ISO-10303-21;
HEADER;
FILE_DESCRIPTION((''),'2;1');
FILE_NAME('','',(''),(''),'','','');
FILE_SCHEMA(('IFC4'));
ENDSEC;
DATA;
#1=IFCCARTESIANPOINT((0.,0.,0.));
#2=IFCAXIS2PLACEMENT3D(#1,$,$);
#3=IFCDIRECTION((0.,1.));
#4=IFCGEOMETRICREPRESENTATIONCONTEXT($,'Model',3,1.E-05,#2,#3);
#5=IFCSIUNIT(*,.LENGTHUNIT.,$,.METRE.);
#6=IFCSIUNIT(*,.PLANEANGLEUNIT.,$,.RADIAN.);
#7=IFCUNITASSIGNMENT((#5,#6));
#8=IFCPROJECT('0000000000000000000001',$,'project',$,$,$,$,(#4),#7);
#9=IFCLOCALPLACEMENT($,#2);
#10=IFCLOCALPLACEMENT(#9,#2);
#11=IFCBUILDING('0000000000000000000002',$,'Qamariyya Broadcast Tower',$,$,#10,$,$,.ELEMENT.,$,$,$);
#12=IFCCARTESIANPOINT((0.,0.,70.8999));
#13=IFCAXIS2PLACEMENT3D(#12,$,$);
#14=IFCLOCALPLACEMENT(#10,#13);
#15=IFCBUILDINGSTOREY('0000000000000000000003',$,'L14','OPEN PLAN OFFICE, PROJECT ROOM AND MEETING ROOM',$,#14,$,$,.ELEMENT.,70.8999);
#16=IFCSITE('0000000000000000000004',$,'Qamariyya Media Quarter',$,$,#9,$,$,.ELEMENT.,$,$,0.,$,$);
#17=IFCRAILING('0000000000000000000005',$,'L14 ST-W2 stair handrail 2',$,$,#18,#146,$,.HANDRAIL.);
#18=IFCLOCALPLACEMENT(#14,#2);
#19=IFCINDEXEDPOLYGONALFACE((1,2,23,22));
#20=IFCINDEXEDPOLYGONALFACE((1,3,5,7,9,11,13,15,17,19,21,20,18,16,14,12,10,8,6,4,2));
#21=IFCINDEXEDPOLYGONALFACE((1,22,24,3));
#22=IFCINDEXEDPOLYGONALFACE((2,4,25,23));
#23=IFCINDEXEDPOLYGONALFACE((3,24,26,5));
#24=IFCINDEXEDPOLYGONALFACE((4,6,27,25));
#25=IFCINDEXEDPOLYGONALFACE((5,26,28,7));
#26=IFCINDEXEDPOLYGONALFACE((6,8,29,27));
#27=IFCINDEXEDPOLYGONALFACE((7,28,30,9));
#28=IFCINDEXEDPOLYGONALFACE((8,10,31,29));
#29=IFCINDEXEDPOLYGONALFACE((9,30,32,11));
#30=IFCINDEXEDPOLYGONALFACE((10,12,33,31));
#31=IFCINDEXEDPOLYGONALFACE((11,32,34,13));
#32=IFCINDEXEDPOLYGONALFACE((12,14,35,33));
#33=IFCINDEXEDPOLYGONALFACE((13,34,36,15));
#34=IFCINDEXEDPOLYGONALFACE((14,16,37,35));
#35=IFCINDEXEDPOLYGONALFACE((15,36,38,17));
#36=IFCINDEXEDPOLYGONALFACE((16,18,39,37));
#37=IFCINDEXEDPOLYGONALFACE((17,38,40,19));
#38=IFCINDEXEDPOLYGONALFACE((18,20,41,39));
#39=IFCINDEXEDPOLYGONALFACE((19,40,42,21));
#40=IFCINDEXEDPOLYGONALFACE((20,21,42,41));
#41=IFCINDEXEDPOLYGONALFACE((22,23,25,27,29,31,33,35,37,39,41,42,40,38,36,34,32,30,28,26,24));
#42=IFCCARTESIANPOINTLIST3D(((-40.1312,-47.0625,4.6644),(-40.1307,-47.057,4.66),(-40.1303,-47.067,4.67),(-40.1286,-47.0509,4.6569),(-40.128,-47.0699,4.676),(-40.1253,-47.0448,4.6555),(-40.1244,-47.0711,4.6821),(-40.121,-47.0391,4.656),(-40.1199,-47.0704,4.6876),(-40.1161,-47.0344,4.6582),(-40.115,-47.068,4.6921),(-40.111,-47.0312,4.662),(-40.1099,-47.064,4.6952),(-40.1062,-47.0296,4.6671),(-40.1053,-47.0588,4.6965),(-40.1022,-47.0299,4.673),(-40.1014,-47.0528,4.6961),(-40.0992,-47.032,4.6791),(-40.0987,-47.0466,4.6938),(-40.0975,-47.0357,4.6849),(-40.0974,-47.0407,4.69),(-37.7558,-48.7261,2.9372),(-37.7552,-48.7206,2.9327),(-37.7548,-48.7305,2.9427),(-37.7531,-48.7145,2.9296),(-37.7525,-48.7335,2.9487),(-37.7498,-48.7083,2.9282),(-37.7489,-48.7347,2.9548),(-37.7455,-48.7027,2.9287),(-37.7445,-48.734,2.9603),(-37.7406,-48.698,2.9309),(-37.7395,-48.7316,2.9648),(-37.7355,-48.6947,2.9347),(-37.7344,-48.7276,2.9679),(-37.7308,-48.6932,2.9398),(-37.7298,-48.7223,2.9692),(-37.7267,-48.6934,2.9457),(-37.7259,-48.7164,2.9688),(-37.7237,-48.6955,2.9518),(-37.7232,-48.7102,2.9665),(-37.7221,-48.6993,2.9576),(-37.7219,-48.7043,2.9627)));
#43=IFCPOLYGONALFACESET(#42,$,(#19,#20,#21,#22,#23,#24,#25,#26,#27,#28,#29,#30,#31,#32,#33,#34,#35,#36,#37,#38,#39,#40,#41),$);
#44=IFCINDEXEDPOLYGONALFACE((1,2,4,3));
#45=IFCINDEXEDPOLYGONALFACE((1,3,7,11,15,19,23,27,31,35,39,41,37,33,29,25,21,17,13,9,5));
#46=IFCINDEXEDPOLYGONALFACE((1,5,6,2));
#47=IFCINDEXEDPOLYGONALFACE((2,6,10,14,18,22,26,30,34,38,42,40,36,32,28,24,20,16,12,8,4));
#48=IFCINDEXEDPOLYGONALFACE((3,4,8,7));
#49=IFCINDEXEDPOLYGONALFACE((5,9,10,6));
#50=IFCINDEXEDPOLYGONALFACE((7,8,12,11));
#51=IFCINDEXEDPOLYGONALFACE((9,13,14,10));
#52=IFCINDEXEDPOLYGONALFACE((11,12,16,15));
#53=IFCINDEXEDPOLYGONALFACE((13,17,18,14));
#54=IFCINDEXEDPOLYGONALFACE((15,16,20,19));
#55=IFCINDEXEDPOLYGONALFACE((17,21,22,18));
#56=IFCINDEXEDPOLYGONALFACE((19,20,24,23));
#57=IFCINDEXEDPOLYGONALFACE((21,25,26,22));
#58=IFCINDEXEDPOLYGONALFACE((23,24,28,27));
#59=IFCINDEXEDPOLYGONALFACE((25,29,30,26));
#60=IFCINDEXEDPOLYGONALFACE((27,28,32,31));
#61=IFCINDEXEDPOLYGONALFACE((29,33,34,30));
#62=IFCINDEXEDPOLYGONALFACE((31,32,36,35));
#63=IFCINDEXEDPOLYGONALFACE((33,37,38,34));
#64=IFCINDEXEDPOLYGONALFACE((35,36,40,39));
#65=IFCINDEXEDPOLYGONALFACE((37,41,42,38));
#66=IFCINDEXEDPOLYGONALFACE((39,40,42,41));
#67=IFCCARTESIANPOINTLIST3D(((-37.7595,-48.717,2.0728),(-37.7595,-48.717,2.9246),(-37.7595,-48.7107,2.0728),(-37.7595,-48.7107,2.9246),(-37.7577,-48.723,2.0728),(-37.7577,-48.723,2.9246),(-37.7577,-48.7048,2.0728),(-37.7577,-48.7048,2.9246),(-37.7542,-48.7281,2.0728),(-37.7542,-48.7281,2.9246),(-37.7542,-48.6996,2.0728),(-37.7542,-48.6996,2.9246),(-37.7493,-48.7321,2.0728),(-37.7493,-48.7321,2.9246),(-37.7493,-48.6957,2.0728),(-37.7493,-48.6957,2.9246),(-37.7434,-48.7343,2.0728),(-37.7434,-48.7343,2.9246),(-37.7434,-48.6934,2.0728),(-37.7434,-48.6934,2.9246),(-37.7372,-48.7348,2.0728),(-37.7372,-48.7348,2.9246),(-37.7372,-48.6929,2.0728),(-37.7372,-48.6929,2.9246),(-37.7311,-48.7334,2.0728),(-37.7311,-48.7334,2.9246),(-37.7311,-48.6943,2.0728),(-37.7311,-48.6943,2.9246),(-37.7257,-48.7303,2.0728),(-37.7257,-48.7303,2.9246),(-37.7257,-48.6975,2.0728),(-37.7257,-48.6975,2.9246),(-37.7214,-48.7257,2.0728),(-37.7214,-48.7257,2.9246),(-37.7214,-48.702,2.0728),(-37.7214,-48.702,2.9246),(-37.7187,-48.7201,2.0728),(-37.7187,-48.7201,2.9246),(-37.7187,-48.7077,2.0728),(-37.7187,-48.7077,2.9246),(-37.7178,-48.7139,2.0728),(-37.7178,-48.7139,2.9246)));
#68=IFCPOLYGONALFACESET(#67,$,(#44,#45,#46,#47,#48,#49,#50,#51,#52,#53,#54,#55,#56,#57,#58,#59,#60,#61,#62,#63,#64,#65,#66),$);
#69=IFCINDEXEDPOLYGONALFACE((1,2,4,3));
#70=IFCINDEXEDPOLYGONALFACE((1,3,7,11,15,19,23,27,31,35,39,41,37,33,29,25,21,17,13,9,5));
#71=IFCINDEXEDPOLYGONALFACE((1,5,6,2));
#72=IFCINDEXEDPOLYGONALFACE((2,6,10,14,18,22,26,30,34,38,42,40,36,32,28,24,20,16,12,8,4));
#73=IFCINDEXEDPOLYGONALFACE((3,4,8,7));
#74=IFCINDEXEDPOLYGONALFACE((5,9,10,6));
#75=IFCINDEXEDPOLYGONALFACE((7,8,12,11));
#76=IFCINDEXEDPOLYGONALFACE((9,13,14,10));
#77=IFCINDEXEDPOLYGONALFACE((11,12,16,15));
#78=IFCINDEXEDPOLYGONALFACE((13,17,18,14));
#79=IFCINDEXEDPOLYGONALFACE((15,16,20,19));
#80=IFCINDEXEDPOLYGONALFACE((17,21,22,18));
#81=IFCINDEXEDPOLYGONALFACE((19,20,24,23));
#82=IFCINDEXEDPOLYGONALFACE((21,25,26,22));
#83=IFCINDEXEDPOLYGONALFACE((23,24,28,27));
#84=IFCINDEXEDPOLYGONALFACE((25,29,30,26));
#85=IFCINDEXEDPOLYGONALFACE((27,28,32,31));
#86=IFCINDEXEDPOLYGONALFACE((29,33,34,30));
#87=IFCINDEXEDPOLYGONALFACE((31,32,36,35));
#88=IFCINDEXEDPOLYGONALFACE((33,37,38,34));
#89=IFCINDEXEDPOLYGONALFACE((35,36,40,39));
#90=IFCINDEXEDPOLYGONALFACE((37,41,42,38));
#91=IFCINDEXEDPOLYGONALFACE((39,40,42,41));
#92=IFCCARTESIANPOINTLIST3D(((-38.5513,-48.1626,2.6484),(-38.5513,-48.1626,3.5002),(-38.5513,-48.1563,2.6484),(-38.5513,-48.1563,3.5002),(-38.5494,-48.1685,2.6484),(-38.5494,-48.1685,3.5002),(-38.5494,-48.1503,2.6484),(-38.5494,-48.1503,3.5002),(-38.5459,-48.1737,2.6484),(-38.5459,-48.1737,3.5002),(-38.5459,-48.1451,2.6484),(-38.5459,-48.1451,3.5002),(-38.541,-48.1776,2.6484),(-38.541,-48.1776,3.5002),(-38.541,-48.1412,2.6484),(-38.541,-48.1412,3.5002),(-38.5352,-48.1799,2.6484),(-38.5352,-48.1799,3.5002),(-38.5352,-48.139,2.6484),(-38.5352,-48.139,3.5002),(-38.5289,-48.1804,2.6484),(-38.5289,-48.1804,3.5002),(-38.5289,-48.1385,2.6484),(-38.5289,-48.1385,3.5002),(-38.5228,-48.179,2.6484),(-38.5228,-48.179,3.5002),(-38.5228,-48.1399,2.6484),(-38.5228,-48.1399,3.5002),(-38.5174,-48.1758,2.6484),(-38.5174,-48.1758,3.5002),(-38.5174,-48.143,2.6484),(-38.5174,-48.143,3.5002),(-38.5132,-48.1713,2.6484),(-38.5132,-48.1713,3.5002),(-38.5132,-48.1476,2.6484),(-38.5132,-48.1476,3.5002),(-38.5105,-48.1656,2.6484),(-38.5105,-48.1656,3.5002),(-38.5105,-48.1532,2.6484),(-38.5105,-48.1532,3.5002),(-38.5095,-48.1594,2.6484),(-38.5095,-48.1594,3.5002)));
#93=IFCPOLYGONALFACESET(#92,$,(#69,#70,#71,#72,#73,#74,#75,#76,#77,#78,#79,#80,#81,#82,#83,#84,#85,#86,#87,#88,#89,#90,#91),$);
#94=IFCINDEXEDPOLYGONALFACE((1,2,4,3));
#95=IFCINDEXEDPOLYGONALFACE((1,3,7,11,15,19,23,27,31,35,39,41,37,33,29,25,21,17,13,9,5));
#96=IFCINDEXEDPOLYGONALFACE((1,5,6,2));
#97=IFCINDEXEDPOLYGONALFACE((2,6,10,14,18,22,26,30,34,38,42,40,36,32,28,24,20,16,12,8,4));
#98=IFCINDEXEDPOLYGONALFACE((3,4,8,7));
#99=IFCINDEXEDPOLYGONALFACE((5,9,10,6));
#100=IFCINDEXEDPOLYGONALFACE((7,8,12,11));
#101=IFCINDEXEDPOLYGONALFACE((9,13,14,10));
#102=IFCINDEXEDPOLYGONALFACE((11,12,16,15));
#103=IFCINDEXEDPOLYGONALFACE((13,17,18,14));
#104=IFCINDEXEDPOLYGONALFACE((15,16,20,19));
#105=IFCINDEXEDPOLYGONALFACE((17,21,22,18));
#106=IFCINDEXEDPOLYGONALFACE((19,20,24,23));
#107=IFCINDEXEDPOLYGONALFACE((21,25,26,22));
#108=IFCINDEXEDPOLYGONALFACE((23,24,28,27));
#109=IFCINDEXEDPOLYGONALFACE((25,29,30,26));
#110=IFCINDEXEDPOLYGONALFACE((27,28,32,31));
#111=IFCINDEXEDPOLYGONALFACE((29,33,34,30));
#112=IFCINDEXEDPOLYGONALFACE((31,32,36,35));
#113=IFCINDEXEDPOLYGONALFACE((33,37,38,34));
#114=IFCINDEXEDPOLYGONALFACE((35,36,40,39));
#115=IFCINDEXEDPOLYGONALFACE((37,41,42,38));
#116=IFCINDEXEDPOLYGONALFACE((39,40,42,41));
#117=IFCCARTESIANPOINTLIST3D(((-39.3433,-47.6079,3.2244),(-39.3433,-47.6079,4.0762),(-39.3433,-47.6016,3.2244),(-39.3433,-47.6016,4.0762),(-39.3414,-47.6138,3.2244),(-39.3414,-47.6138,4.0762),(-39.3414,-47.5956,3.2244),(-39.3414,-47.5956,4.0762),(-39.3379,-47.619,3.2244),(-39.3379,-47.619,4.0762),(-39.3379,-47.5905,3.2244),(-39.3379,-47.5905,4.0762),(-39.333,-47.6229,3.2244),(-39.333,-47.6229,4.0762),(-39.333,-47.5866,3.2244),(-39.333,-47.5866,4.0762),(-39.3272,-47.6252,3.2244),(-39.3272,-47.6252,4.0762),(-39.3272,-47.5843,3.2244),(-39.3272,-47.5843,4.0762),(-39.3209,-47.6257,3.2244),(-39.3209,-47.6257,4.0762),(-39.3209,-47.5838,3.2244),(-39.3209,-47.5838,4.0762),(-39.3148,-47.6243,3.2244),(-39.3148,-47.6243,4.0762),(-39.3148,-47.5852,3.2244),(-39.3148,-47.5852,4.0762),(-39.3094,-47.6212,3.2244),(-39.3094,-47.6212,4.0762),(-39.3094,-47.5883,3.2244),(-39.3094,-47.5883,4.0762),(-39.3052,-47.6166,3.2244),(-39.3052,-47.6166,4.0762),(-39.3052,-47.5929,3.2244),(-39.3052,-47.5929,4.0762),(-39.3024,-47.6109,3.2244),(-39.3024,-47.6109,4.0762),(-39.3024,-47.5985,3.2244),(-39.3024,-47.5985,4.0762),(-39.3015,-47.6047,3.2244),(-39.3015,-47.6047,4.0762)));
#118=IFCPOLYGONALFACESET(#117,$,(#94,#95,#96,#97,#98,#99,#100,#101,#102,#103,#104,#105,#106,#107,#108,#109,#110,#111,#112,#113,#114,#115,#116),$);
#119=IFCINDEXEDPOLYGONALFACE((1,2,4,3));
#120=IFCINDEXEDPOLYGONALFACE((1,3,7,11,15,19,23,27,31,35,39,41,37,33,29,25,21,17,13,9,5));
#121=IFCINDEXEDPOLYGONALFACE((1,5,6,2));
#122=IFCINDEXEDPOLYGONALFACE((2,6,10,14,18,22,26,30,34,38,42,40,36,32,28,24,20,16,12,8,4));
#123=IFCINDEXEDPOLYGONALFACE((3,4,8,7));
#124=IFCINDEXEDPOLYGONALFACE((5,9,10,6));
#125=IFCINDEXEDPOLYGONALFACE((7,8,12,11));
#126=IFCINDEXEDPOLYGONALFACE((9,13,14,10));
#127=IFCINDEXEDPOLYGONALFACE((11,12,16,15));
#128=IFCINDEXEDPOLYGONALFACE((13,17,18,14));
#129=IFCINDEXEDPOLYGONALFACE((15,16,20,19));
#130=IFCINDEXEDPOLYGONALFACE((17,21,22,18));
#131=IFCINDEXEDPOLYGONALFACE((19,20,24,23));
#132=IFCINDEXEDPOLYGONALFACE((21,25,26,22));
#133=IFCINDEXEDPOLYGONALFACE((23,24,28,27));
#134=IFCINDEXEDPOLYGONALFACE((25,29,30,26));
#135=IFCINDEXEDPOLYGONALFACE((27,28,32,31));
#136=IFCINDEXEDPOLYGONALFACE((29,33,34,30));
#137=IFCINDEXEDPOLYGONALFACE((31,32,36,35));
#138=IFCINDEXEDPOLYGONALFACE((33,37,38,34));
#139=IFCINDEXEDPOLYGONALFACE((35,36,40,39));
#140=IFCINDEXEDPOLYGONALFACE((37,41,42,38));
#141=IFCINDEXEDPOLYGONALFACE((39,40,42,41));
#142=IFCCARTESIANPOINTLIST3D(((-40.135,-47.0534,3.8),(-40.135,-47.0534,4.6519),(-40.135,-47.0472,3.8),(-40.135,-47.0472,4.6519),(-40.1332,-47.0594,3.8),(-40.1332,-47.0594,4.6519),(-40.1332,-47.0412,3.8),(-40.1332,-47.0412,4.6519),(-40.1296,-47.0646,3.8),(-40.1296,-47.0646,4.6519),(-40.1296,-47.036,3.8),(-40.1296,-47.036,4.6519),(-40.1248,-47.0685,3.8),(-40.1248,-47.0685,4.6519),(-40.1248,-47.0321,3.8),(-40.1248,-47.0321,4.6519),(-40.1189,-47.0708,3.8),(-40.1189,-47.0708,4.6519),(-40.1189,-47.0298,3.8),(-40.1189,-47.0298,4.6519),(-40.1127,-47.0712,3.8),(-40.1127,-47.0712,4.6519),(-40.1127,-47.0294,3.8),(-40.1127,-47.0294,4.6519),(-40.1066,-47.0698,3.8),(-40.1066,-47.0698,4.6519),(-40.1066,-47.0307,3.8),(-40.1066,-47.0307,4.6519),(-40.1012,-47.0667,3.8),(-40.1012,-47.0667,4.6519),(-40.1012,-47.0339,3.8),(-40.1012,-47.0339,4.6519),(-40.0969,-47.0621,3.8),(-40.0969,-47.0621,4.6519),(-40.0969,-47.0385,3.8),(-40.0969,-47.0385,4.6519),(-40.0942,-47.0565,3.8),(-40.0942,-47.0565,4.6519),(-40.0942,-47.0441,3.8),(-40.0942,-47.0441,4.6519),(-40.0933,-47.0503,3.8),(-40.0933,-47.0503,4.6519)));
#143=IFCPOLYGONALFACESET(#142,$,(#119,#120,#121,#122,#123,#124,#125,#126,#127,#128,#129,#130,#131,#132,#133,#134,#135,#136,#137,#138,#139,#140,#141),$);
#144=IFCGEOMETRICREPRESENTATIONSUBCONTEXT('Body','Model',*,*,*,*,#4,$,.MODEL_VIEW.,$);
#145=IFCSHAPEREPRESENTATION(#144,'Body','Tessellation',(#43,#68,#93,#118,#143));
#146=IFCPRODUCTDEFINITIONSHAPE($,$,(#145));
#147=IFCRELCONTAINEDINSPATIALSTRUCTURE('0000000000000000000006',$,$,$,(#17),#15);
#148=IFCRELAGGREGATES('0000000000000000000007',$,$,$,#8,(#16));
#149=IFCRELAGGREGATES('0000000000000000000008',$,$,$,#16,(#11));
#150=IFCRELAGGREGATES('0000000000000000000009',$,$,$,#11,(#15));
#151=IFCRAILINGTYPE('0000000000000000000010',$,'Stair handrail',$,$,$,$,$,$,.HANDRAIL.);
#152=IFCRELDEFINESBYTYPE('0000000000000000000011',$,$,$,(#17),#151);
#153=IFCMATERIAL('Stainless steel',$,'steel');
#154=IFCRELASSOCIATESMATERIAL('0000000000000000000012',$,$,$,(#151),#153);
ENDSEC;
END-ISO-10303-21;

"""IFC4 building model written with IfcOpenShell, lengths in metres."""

from ifc_helpers import new_model, si_unit, direction, frame, origin, origin_2d, place, context, subcontext, project, spatial, circle, extrude, material, type_object, element, save


model = new_model("IFC4")

# Units and contexts
model_context = context("Model", 3, precision=1e-05, world=origin(), true_north=direction((0.0, 1.0)))
body_context = subcontext(model_context, "Body", "Model", "MODEL_VIEW")
ifc_project = project(units=[si_unit("LENGTHUNIT", "METRE"), si_unit("PLANEANGLEUNIT", "RADIAN")], contexts=[model_context])

# Site, building, storey
site_placement = place(None, origin())
site = spatial("IfcSite", under=ifc_project, at=site_placement, Name="Qamariyya Media Quarter", CompositionType="ELEMENT", RefElevation=0.0)
building_placement = place(site_placement, origin())
building = spatial("IfcBuilding", under=site, at=building_placement, Name="Qamariyya Broadcast Tower", CompositionType="ELEMENT")
storey_placement = place(building_placement, frame((0.0, 0.0, 70.8999)))
storey = spatial("IfcBuildingStorey", under=building, at=storey_placement, Name="L14", Description="OPEN PLAN OFFICE, PROJECT ROOM AND MEETING ROOM", CompositionType="ELEMENT", Elevation=70.8999)

# Railing
ifc_material_1 = material(Name="Stainless steel", Category="steel")
railing_type_1 = type_object("IfcRailingType", Name="Stair handrail", PredefinedType="HANDRAIL", material=ifc_material_1)
railing_1_placement = place(storey_placement, frame((-37.7388, -48.7139, 2.0728)))
element("IfcRailing", 1, at=railing_1_placement, inside=storey, type_object=railing_type_1, Name="L14 ST-W2 stair handrail 2", PredefinedType="HANDRAIL", context=body_context, shape_type="SweptSolid", body=[
    extrude(circle(Radius=0.0239, at=origin_2d()), frame((0.0, 0.0, 0.876), z_axis=(-0.703745, 0.492838, 0.511716), x_axis=(-0.573632, -0.819113, 0.0)), (0.0, 0.0, 1.0), 3.3755),
    extrude(circle(Radius=0.021, at=origin_2d()), origin(), (0.0, 0.0, 1.0), 0.8518),
    extrude(circle(Radius=0.021, at=origin_2d()), frame((-0.7917, 0.5544, 0.5757)), (0.0, 0.0, 1.0), 0.8518),
    extrude(circle(Radius=0.021, at=origin_2d()), frame((-1.5837, 1.1091, 1.1516)), (0.0, 0.0, 1.0), 0.8518),
    extrude(circle(Radius=0.021, at=origin_2d()), frame((-2.3755, 1.6636, 1.7273)), (0.0, 0.0, 1.0), 0.8518),
])

save(model, "model.ifc")
